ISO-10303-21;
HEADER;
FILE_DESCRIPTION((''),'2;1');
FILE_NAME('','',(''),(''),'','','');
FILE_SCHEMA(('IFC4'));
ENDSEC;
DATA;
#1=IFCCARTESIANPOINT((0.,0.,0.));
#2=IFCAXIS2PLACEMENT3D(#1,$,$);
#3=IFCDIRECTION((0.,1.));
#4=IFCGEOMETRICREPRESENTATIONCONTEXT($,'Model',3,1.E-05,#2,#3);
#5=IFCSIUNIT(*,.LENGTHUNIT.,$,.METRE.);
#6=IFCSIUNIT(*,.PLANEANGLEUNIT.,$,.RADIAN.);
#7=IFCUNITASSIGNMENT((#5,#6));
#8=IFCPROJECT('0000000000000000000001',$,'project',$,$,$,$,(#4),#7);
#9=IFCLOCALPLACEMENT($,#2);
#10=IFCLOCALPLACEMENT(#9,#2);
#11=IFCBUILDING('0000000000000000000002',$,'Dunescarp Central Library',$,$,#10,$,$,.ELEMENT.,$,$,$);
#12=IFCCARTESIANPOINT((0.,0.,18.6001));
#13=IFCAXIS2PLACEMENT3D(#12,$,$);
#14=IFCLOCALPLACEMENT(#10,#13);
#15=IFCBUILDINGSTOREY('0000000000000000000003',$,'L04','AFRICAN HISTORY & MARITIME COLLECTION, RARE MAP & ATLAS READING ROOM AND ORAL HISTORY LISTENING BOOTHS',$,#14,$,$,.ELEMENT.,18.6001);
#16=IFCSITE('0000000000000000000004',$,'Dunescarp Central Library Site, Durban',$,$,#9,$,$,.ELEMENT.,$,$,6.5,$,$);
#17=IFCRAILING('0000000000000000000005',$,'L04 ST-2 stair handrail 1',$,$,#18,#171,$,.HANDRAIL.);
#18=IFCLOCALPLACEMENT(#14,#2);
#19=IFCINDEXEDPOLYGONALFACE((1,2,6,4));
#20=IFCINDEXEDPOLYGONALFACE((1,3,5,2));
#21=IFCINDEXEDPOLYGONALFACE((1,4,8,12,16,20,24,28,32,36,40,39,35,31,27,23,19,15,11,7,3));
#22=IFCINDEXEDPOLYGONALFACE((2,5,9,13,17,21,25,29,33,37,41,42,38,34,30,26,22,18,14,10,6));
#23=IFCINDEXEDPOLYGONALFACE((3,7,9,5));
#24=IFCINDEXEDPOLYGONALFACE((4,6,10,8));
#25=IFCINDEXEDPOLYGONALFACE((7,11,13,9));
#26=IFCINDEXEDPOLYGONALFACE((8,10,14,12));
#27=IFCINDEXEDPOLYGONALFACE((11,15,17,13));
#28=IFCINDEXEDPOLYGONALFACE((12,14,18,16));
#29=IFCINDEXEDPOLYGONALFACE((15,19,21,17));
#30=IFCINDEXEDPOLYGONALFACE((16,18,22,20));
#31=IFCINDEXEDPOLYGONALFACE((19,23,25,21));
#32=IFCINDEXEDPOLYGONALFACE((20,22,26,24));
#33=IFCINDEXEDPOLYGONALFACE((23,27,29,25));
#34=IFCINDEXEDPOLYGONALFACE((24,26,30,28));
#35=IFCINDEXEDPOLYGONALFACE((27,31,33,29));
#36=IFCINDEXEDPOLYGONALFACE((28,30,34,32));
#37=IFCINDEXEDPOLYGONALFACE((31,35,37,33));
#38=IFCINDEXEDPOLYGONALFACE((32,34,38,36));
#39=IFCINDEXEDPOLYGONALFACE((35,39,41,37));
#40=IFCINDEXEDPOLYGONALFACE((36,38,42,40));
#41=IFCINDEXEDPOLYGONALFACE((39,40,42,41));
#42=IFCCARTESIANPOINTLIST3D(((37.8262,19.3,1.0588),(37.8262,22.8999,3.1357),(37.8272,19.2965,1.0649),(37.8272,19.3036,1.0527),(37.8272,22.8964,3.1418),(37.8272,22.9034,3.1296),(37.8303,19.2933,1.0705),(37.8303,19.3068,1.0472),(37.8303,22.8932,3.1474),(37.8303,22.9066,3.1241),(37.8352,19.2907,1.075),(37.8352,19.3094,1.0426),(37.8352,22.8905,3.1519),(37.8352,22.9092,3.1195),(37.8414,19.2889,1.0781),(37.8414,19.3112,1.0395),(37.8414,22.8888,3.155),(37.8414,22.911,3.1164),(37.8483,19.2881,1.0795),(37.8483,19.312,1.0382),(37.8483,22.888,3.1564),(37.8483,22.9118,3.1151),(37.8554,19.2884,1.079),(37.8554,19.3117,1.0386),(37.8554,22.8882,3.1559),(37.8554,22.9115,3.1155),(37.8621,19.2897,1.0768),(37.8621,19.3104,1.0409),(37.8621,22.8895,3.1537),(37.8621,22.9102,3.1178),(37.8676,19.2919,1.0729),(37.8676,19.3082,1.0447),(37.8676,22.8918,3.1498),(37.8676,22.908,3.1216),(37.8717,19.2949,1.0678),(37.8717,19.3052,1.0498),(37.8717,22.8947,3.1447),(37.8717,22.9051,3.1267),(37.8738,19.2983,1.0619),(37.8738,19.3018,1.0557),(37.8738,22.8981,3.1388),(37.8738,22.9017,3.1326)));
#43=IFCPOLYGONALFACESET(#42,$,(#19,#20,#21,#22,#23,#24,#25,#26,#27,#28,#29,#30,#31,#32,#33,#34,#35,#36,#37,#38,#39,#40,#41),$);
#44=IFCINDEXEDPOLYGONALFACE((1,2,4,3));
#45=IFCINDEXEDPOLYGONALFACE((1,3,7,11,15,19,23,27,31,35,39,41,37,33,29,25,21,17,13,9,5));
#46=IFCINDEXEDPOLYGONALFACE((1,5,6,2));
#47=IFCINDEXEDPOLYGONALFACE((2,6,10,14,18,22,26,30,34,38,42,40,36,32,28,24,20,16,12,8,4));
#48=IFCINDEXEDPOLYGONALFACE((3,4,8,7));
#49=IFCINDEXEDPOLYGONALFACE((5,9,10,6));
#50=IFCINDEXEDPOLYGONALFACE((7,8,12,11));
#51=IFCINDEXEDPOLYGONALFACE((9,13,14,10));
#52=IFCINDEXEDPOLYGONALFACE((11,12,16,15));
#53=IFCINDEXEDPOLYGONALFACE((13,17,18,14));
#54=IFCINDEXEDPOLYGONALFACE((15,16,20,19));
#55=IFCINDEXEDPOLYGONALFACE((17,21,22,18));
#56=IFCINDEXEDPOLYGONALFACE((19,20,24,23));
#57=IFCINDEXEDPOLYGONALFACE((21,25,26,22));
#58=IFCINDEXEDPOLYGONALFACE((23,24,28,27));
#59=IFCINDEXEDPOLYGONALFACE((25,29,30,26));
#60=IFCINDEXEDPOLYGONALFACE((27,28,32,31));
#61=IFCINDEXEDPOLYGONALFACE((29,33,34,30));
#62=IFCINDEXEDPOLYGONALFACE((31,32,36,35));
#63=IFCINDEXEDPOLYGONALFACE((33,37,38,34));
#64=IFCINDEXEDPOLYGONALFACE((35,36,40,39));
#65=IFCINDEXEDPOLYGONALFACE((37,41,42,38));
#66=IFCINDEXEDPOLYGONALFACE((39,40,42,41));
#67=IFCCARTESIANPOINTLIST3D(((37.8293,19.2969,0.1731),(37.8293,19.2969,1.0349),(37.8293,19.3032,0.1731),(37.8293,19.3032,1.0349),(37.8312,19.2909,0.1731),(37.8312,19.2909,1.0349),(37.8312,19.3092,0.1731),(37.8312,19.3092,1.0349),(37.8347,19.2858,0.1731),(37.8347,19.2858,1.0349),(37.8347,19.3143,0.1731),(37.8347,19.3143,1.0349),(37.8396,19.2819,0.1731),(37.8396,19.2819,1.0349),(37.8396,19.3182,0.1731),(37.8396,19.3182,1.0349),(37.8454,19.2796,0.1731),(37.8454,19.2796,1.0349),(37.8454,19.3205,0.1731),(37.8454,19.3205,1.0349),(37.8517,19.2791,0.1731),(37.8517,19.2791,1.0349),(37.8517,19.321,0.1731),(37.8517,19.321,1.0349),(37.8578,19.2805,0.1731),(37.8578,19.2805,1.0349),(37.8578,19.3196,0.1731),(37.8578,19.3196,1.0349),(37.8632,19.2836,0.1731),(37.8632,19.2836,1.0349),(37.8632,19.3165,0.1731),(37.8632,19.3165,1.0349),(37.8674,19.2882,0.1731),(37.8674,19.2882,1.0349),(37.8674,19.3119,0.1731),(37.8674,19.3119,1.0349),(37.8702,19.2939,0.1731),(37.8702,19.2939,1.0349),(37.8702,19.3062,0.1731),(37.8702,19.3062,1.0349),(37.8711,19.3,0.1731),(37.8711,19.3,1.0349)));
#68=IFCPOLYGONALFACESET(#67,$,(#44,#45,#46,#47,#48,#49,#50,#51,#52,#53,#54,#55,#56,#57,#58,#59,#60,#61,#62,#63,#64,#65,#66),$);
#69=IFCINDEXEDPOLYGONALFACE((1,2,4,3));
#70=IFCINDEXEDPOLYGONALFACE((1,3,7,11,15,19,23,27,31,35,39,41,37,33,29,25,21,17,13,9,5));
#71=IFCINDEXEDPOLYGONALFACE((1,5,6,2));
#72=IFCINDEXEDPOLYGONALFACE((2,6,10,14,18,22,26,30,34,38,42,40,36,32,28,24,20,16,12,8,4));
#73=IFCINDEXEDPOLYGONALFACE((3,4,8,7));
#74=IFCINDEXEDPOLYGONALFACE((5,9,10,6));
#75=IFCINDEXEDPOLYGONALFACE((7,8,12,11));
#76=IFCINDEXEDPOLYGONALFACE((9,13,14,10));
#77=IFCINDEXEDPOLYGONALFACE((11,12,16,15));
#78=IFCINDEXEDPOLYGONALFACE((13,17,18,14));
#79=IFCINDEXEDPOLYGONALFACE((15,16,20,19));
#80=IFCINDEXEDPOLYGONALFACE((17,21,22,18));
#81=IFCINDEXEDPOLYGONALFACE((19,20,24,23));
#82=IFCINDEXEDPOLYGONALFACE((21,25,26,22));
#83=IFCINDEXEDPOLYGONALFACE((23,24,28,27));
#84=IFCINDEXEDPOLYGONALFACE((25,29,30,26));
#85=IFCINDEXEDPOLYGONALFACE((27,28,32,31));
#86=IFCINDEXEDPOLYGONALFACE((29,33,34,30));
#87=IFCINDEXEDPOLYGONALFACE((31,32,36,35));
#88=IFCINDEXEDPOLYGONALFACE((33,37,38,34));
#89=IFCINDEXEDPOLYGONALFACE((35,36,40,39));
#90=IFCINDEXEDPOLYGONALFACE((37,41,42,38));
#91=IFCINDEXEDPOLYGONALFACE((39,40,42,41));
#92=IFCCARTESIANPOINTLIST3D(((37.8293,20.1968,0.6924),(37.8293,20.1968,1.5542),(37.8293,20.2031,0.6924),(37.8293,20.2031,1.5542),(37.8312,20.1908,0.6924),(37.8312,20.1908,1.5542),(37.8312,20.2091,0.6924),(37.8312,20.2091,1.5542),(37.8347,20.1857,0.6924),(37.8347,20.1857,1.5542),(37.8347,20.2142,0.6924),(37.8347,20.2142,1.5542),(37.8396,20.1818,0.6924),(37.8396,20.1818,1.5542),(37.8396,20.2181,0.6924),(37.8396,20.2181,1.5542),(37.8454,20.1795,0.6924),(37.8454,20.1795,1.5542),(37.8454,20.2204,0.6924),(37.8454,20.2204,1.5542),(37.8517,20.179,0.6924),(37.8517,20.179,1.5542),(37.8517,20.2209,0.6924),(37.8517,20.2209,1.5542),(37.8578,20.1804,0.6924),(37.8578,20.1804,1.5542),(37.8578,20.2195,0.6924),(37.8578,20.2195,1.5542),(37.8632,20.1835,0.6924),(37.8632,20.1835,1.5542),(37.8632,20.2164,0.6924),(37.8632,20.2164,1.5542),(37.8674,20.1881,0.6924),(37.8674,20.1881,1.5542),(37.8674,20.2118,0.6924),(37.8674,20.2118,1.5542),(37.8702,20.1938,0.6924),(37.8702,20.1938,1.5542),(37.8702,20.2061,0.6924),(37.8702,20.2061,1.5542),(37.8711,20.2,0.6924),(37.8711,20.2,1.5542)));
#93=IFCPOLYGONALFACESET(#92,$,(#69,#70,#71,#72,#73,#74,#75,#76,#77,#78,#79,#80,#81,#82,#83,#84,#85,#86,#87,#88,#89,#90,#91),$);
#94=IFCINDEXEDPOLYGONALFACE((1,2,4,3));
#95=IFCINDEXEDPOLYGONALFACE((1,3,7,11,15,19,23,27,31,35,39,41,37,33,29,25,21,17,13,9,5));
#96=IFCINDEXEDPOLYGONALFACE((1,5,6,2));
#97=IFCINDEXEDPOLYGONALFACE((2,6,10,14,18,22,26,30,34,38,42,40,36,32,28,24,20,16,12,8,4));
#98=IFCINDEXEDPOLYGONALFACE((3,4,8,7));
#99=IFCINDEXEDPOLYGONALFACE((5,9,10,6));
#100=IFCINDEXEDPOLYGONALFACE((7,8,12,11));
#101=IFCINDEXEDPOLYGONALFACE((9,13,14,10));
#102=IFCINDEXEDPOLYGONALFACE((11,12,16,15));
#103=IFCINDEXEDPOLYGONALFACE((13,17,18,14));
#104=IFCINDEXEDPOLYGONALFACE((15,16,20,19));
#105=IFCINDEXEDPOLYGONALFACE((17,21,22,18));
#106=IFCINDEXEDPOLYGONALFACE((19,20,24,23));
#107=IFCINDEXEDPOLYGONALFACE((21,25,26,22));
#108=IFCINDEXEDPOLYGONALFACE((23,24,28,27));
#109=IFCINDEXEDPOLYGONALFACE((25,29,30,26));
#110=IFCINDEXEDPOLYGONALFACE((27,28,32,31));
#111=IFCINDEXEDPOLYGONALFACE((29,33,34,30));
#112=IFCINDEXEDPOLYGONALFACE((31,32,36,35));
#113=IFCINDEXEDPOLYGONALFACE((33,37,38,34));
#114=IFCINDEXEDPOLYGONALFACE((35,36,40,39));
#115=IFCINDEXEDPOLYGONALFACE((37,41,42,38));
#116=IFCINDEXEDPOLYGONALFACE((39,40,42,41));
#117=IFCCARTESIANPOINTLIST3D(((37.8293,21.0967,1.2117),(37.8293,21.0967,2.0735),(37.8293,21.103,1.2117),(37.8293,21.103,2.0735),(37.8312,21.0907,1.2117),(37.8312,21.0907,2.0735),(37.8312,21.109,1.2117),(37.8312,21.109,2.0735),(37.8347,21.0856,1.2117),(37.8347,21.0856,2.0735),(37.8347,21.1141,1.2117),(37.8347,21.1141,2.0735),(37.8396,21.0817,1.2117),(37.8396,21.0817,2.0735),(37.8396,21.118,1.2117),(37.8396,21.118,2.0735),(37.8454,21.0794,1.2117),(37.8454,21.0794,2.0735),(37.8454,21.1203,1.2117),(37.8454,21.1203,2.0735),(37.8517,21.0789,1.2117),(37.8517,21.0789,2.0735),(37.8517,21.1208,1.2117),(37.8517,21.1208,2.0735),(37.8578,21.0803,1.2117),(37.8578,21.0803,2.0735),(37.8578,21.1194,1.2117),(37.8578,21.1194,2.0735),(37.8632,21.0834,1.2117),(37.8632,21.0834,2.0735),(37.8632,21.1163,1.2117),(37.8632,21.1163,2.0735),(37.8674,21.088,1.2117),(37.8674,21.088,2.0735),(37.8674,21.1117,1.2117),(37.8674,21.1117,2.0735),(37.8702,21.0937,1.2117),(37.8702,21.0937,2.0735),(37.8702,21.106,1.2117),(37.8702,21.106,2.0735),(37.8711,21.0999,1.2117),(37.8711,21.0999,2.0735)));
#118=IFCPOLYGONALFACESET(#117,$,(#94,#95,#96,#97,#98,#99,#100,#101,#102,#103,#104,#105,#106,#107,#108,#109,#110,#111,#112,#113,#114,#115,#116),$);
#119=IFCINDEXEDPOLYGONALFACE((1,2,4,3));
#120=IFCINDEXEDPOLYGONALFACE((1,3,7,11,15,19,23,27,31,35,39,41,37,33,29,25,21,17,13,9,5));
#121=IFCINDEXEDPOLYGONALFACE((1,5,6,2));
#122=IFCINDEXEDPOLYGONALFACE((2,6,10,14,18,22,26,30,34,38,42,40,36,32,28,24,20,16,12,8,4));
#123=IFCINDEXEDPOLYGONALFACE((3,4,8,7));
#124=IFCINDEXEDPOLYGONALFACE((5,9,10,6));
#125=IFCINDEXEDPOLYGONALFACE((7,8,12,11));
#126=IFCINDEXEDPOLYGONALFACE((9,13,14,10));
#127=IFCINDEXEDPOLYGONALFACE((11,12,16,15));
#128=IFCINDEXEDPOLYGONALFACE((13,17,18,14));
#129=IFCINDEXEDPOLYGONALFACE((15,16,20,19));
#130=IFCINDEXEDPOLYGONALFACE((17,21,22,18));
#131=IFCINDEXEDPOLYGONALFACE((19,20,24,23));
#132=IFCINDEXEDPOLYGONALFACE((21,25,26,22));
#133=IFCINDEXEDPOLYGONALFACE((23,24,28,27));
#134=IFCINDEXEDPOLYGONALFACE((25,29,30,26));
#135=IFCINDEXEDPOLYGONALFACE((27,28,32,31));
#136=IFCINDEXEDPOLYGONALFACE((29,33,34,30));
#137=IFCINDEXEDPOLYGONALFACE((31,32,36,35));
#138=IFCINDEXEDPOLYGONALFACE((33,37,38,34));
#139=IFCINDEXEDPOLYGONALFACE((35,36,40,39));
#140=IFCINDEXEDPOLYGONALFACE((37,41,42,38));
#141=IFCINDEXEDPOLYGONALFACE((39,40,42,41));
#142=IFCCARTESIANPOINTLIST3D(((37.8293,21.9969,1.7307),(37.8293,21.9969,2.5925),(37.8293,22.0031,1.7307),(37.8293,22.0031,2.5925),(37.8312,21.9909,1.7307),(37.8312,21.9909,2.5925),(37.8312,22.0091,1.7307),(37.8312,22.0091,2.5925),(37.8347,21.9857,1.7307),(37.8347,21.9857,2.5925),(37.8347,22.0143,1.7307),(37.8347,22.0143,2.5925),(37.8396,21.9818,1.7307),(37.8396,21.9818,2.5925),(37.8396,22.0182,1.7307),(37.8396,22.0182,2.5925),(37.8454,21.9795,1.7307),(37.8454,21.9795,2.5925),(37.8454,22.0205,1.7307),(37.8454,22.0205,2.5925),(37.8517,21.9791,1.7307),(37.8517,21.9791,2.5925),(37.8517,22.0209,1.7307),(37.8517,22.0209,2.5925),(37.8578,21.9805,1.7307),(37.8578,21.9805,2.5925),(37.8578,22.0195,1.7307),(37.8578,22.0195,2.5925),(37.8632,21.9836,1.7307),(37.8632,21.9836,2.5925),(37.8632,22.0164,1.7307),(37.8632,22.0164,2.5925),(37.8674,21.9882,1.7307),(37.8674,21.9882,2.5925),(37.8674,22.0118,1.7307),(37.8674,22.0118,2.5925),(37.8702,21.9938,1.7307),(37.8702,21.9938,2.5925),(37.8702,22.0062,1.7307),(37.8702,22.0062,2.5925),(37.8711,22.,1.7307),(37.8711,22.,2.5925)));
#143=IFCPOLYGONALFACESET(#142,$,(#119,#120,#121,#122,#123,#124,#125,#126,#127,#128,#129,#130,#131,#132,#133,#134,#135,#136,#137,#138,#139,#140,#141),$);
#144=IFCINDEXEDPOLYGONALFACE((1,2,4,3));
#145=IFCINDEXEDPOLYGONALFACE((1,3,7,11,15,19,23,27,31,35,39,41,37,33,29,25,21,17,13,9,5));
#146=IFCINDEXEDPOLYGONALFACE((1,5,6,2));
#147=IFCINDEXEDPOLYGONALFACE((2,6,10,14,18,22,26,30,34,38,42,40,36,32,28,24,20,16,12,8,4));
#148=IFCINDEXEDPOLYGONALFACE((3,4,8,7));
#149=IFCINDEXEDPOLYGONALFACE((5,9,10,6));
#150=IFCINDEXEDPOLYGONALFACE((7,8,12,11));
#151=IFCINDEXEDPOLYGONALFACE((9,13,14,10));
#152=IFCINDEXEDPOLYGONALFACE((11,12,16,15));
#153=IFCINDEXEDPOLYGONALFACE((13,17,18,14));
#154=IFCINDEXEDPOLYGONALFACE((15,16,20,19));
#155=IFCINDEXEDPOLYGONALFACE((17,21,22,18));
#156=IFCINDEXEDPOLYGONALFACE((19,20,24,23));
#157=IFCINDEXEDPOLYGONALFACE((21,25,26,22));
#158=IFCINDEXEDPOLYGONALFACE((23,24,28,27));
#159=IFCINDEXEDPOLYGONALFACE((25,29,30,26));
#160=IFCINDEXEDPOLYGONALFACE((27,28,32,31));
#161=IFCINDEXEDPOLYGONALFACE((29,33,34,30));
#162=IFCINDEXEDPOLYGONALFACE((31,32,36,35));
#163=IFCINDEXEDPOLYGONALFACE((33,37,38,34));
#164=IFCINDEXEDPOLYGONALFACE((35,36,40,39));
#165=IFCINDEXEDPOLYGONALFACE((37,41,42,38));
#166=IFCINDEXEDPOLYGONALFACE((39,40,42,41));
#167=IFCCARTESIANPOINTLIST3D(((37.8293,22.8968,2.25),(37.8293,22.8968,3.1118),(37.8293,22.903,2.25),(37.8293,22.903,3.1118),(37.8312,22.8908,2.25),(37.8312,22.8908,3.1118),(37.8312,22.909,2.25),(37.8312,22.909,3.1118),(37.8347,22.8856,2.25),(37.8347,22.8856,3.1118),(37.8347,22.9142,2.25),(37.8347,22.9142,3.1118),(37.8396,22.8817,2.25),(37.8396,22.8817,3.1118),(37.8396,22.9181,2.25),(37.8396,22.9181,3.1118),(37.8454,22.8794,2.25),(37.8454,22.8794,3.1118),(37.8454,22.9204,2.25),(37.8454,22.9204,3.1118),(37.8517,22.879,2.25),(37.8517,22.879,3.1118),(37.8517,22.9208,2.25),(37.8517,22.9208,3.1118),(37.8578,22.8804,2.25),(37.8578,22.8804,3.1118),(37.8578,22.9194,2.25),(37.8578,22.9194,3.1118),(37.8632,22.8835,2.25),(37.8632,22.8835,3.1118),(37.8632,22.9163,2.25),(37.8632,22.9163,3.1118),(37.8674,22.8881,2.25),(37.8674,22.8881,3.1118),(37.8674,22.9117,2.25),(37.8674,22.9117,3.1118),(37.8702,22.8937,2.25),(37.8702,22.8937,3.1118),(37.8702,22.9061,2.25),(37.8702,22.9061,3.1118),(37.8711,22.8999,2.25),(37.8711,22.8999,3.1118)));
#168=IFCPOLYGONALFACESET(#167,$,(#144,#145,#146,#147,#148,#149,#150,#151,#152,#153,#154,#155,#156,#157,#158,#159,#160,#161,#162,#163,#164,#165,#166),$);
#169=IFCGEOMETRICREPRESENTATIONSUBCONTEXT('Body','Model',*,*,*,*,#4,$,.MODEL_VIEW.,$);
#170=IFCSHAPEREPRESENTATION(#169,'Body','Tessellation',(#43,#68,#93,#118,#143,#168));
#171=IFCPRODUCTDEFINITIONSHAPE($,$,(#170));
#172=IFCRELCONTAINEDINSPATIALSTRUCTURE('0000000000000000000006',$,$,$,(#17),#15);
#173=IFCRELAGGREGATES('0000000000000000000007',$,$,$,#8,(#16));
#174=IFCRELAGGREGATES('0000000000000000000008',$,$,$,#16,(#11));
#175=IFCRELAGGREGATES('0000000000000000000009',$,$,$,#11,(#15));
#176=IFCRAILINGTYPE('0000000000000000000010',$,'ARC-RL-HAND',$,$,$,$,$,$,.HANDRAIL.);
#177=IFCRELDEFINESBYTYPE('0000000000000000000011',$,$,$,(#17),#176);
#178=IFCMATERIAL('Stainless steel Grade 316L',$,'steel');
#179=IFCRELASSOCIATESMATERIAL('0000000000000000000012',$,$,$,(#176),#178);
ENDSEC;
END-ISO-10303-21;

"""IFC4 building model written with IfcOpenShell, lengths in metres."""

from ifc_helpers import new_model, si_unit, direction, frame, origin, origin_2d, place, context, subcontext, project, spatial, circle, extrude, material, type_object, element, save


model = new_model("IFC4")

# Units and contexts
model_context = context("Model", 3, precision=1e-05, world=origin(), true_north=direction((0.0, 1.0)))
body_context = subcontext(model_context, "Body", "Model", "MODEL_VIEW")
ifc_project = project(units=[si_unit("LENGTHUNIT", "METRE"), si_unit("PLANEANGLEUNIT", "RADIAN")], contexts=[model_context])

# Site, building, storey
site_placement = place(None, origin())
site = spatial("IfcSite", under=ifc_project, at=site_placement, Name="Dunescarp Central Library Site, Durban", CompositionType="ELEMENT", RefElevation=6.5)
building_placement = place(site_placement, origin())
building = spatial("IfcBuilding", under=site, at=building_placement, Name="Dunescarp Central Library", CompositionType="ELEMENT")
storey_placement = place(building_placement, frame((0.0, 0.0, 18.6001)))
storey = spatial("IfcBuildingStorey", under=building, at=storey_placement, Name="L04", Description="AFRICAN HISTORY & MARITIME COLLECTION, RARE MAP & ATLAS READING ROOM AND ORAL HISTORY LISTENING BOOTHS", CompositionType="ELEMENT", Elevation=18.6001)

# Railing
ifc_material_1 = material(Name="Stainless steel Grade 316L", Category="steel")
railing_type_1 = type_object("IfcRailingType", Name="ARC-RL-HAND", PredefinedType="HANDRAIL", material=ifc_material_1)
railing_1_placement = place(storey_placement, frame((37.8501, 19.3, 0.1731)))
element("IfcRailing", 1, at=railing_1_placement, inside=storey, type_object=railing_type_1, Name="L04 ST-2 stair handrail 1", PredefinedType="HANDRAIL", context=body_context, shape_type="SweptSolid", body=[
    extrude(circle(Radius=0.0239, at=origin_2d()), frame((0.0, 0.0, 0.8857), z_axis=(0.0, 0.866179, 0.499734), x_axis=(-1.0, 0.0, 0.0)), (0.0, 0.0, 1.0), 4.156),
    extrude(circle(Radius=0.021, at=origin_2d()), origin(), (0.0, 0.0, 1.0), 0.8618),
    extrude(circle(Radius=0.021, at=origin_2d()), frame((0.0, 0.8999, 0.5193)), (0.0, 0.0, 1.0), 0.8618),
    extrude(circle(Radius=0.021, at=origin_2d()), frame((0.0, 1.7998, 1.0386)), (0.0, 0.0, 1.0), 0.8618),
    extrude(circle(Radius=0.021, at=origin_2d()), frame((0.0, 2.7, 1.5576)), (0.0, 0.0, 1.0), 0.8618),
    extrude(circle(Radius=0.021, at=origin_2d()), frame((0.0, 3.5999, 2.0769)), (0.0, 0.0, 1.0), 0.8618),
])

save(model, "model.ifc")
